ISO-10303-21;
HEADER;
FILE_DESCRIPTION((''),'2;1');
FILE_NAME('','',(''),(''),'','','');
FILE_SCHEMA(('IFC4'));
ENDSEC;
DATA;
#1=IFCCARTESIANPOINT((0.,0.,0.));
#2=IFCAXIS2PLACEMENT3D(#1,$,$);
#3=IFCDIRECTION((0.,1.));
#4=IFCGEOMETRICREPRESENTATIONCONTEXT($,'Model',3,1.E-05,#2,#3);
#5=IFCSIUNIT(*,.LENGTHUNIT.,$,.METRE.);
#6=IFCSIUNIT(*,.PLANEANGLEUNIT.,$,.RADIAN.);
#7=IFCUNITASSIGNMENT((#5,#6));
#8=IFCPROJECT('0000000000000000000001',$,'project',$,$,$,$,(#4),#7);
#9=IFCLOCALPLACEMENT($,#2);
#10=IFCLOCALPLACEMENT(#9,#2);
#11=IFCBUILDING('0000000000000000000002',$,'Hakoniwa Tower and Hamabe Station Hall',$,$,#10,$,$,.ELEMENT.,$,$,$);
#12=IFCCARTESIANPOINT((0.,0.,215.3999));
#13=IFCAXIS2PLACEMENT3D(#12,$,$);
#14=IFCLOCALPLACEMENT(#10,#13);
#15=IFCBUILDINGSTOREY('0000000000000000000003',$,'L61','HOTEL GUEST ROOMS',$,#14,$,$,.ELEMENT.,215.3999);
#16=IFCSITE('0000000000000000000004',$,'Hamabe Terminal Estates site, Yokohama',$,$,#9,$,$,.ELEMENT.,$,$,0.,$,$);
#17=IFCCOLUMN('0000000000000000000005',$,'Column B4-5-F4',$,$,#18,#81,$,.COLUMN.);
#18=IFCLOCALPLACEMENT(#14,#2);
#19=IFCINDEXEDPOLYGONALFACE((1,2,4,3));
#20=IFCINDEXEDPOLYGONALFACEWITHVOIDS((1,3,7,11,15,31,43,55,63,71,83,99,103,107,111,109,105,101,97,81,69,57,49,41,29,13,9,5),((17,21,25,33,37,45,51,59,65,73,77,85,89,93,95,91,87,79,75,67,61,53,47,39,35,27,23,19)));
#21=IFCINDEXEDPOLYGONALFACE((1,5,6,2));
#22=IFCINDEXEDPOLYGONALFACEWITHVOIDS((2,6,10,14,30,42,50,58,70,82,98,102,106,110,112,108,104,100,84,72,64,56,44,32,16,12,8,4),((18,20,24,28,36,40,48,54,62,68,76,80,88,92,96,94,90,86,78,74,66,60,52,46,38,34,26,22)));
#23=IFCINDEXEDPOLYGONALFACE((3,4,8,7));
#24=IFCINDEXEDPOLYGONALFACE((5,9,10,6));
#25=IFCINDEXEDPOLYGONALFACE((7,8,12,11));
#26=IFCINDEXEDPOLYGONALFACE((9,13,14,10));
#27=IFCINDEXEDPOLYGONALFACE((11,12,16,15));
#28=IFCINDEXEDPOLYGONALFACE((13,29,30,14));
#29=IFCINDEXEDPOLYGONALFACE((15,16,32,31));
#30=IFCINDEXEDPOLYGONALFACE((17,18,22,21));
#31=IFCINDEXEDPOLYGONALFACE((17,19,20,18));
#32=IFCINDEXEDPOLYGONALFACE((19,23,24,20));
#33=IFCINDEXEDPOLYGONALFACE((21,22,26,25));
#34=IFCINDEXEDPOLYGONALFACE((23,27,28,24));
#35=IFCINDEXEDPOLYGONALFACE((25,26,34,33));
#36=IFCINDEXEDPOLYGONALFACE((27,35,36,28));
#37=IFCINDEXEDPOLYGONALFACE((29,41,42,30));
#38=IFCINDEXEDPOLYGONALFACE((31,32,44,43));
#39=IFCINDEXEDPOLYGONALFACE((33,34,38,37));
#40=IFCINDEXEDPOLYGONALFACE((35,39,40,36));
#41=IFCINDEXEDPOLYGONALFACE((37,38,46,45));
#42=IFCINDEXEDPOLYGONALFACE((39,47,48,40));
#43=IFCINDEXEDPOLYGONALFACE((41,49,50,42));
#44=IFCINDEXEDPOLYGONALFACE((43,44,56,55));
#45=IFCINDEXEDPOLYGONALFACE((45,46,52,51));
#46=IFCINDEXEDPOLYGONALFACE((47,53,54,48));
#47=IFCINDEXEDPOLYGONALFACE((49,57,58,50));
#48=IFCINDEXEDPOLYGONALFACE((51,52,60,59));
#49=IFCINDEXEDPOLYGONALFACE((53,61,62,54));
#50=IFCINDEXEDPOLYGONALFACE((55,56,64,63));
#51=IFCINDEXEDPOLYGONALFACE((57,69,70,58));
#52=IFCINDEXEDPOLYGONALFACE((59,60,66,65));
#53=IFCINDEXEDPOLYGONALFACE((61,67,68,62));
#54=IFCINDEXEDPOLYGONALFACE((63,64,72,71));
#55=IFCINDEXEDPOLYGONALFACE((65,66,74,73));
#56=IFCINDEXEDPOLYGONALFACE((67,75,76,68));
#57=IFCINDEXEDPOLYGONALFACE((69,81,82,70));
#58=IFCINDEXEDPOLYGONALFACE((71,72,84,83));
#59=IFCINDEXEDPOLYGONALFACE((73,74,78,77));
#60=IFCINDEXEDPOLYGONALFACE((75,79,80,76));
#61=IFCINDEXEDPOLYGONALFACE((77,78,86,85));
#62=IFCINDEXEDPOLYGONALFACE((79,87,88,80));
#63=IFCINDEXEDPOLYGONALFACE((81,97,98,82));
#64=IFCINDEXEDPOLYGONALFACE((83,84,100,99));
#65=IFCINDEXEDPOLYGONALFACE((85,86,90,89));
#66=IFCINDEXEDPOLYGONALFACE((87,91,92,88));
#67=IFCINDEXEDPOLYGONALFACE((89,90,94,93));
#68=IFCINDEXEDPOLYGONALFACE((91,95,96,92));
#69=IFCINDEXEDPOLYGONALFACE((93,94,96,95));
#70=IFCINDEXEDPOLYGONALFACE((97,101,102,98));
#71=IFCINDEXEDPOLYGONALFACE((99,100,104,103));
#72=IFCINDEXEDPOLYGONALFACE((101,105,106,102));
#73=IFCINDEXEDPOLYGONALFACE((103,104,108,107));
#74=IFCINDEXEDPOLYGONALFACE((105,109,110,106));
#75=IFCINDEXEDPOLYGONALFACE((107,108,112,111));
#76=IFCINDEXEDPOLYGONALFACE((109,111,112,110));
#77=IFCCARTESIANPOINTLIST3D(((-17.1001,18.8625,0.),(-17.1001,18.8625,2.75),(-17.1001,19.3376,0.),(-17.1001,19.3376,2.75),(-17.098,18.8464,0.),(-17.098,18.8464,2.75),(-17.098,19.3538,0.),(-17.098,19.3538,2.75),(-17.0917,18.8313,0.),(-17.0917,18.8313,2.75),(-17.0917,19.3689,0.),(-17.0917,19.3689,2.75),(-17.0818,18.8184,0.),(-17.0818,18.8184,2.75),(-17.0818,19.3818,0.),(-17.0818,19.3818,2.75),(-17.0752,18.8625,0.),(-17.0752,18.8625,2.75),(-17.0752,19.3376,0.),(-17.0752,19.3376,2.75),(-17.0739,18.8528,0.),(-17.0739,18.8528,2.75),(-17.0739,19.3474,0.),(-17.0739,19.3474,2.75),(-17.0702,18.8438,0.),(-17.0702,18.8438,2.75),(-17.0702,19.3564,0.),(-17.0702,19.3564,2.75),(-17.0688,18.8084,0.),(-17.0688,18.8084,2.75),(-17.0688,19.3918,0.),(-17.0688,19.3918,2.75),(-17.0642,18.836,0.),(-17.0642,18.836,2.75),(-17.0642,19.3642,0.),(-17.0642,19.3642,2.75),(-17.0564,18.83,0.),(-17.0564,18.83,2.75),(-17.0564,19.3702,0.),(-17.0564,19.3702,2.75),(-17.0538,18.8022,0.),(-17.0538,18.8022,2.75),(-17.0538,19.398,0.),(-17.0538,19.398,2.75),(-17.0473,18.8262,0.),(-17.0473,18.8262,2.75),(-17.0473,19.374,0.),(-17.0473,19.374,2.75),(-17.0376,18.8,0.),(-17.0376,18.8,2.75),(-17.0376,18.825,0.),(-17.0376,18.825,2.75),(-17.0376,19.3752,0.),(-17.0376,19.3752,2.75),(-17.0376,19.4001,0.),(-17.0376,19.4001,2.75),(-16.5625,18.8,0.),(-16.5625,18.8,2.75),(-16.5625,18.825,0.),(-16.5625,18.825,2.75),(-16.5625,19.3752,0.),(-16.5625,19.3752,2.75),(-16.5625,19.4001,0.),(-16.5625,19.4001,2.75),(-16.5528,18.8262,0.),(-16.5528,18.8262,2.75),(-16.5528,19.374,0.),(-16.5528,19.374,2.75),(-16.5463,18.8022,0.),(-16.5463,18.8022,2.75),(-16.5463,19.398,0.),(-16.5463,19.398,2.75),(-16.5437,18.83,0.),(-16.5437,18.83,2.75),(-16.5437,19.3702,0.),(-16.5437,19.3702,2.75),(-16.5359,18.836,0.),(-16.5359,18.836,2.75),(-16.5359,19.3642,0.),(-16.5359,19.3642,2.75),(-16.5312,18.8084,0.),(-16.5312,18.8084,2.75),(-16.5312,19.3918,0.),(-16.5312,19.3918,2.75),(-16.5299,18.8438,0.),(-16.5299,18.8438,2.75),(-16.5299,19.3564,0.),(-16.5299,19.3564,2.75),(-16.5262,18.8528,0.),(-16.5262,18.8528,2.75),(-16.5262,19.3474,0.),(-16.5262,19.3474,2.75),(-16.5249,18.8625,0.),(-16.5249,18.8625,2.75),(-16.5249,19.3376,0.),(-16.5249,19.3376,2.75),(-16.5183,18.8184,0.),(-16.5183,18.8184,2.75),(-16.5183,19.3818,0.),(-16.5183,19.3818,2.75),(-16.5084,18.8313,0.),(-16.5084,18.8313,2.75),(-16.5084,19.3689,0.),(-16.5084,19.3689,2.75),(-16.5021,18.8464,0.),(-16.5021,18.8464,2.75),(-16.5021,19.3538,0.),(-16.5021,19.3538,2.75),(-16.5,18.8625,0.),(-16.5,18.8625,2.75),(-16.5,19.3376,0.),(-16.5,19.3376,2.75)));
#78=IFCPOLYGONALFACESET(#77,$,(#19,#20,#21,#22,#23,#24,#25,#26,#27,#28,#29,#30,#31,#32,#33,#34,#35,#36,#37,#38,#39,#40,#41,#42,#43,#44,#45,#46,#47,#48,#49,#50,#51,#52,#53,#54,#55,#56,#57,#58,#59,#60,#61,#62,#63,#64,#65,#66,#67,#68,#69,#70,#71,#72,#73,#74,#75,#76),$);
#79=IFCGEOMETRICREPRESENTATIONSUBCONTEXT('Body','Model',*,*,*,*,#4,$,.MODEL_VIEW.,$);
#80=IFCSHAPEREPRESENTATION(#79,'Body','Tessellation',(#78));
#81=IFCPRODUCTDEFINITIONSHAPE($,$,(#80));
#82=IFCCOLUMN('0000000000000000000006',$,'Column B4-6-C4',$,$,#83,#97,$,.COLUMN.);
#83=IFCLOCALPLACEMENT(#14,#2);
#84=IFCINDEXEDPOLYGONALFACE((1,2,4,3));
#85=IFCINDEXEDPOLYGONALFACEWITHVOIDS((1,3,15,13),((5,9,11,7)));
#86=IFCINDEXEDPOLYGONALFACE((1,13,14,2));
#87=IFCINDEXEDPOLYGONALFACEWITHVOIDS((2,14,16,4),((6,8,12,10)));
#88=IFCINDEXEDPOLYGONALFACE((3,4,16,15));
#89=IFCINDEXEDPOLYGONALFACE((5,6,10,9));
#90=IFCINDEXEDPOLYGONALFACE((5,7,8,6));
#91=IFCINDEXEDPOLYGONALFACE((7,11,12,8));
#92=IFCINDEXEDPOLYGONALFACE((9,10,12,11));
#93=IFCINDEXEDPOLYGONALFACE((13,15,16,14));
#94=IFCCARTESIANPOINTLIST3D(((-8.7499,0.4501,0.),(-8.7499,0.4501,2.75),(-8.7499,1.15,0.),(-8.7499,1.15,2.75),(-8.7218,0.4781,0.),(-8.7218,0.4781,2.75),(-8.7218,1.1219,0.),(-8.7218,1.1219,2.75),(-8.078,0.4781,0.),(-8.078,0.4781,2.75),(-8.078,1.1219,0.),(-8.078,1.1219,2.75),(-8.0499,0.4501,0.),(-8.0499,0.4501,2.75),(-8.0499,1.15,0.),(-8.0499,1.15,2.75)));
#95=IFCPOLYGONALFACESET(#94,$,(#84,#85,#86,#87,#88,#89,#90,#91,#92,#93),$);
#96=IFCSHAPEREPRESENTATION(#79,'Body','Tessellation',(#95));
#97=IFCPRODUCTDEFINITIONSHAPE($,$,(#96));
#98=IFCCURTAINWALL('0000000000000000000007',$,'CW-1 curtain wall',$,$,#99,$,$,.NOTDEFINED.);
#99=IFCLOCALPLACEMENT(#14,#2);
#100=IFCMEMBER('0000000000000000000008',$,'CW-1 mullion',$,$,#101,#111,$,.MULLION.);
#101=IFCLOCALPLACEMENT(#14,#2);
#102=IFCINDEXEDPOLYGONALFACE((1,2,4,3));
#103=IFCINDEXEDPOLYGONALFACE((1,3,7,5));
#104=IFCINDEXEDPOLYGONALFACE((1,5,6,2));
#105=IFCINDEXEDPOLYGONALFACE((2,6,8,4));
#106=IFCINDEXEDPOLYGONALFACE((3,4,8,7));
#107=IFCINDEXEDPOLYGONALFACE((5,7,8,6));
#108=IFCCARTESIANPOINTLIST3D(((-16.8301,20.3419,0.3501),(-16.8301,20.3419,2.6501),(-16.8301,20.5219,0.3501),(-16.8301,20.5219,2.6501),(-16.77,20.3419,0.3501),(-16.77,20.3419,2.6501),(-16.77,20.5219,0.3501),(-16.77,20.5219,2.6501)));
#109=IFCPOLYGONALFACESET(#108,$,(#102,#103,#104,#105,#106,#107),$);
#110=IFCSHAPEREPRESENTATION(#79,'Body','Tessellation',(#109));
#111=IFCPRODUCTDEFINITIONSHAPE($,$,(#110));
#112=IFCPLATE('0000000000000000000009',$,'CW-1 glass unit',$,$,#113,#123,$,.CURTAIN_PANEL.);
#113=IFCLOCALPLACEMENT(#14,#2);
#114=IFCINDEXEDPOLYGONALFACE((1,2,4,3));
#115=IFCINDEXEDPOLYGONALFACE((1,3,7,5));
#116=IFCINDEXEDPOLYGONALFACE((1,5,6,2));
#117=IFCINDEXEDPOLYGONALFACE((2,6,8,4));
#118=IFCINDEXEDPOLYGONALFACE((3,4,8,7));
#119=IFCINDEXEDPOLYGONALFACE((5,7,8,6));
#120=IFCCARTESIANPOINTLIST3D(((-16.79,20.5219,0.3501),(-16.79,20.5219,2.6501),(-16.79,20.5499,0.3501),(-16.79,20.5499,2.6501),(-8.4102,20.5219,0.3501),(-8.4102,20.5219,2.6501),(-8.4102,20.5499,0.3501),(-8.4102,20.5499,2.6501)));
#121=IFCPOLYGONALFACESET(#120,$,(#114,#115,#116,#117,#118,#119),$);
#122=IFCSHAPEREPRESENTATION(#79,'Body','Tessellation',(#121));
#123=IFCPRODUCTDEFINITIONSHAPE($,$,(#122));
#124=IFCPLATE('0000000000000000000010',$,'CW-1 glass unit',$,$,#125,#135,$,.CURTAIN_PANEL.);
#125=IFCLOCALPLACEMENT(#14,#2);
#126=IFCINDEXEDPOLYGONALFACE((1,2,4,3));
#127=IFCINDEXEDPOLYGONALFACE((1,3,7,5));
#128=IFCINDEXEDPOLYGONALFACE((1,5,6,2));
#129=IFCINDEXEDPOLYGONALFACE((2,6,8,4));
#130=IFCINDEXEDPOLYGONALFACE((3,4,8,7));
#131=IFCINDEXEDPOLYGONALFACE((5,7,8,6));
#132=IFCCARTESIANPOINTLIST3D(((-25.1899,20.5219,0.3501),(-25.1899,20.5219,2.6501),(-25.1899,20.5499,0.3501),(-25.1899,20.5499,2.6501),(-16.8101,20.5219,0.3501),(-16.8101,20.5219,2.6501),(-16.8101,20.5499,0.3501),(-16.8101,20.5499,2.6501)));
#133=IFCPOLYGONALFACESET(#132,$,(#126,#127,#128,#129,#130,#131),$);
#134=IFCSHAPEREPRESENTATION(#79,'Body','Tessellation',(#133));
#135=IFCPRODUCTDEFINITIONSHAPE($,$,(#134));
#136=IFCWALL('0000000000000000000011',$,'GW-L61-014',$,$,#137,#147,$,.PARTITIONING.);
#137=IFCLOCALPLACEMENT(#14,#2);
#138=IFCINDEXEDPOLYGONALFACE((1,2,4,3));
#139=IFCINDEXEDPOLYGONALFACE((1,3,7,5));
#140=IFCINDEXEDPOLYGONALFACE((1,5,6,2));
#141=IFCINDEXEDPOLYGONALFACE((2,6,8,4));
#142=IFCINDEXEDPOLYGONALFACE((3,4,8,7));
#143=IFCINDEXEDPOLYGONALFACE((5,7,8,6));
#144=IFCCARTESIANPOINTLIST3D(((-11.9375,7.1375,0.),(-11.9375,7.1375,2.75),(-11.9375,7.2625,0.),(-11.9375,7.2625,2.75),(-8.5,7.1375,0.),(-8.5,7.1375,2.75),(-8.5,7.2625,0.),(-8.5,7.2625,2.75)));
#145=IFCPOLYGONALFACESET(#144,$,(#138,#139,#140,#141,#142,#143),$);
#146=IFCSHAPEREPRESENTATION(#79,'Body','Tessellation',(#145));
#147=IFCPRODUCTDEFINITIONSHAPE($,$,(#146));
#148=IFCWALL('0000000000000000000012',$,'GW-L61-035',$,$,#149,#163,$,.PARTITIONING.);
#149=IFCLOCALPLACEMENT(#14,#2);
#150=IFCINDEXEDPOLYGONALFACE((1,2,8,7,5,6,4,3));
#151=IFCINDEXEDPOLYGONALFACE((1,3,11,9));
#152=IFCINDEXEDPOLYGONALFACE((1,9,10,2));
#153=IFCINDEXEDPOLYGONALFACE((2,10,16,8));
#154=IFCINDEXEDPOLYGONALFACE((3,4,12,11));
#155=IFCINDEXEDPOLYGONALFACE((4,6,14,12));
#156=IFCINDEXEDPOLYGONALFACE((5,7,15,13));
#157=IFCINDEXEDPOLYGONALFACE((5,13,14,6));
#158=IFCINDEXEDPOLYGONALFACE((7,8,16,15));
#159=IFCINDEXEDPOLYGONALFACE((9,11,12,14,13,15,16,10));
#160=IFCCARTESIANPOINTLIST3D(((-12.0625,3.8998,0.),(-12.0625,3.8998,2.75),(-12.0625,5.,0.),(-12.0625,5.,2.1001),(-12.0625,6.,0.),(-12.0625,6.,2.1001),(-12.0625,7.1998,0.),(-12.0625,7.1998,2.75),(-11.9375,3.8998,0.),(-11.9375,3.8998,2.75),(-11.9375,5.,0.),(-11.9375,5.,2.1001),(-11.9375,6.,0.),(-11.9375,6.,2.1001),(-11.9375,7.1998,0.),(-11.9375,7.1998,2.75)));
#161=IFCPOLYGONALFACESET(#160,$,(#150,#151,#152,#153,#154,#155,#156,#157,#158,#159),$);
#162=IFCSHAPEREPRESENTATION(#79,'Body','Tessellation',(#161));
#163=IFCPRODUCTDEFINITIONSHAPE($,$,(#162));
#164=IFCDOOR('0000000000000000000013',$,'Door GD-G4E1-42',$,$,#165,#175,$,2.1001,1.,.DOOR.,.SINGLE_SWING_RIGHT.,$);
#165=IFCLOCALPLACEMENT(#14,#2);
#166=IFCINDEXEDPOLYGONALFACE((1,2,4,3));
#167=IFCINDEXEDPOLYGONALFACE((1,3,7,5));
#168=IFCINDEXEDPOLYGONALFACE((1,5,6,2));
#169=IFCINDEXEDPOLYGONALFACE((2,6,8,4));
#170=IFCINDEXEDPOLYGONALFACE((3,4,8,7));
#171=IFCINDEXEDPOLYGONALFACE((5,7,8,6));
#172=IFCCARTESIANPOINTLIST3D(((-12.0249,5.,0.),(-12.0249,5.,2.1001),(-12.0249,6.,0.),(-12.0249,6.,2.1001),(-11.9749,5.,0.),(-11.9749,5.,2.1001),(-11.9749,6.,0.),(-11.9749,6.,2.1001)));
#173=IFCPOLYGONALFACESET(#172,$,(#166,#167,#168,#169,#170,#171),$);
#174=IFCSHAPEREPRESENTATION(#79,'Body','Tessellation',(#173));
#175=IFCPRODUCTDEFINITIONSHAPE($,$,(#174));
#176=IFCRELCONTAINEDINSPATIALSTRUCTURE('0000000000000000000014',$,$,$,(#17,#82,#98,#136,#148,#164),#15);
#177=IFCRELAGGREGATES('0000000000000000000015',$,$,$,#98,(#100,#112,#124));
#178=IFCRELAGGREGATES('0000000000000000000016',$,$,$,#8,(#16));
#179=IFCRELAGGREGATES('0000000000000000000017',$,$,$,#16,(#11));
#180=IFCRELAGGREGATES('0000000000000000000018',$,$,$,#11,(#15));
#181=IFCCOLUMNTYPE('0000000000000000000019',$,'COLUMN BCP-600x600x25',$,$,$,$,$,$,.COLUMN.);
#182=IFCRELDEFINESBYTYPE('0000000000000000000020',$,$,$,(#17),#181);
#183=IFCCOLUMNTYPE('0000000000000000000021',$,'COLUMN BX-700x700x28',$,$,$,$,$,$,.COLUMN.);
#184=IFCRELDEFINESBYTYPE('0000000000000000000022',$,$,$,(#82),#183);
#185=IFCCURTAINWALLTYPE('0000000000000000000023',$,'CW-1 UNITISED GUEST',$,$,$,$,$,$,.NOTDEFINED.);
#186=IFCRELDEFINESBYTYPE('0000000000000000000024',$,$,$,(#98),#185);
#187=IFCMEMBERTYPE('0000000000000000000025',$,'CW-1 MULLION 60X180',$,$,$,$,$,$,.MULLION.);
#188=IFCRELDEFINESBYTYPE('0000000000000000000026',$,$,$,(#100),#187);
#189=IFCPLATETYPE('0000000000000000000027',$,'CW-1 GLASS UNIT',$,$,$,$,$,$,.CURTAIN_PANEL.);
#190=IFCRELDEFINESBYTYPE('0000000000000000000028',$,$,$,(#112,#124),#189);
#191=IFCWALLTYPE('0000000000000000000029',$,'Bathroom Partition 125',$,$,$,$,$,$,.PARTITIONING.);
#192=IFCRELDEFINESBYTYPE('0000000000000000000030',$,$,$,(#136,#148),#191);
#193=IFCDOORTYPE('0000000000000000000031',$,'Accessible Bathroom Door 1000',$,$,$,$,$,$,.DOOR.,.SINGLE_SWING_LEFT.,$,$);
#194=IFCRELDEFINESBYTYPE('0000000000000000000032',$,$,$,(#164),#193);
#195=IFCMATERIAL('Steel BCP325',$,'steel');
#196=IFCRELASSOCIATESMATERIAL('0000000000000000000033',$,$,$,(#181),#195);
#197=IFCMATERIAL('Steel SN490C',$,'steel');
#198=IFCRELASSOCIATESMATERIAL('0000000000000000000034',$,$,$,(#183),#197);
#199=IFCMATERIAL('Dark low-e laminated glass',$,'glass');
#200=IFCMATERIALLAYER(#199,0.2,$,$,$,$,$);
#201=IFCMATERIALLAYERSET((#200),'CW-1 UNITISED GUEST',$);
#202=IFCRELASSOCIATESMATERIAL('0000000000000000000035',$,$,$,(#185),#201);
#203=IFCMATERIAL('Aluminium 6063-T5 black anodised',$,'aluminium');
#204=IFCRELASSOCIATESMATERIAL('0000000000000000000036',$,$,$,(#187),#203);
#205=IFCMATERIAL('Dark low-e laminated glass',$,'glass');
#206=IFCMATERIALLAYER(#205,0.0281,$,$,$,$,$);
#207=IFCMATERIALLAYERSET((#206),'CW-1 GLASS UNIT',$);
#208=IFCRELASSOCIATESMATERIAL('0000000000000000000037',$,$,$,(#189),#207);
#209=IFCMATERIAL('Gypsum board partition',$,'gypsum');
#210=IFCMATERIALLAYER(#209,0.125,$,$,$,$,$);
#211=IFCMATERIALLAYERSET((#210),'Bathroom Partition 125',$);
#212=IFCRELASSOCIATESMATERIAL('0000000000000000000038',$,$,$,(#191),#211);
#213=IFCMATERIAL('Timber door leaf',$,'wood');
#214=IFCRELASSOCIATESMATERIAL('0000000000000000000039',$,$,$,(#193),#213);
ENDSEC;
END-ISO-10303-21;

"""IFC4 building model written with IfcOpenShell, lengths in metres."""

from ifc_helpers import new_model, si_unit, direction, frame, frame_2d, origin, origin_2d, place, context, subcontext, project, spatial, rectangle, hollow_rectangle, extrude, material, layer, layer_set, material_profile, profile_set, type_object, element, fill, aggregate, save


model = new_model("IFC4")

# Units and contexts
model_context = context("Model", 3, precision=1e-05, world=origin(), true_north=direction((0.0, 1.0)))
body_context = subcontext(model_context, "Body", "Model", "MODEL_VIEW")
ifc_project = project(units=[si_unit("LENGTHUNIT", "METRE"), si_unit("PLANEANGLEUNIT", "RADIAN")], contexts=[model_context])

# Site, building, storey
site_placement = place(None, origin())
site = spatial("IfcSite", under=ifc_project, at=site_placement, Name="Hamabe Terminal Estates site, Yokohama", CompositionType="ELEMENT", RefElevation=0.0)
building_placement = place(site_placement, origin())
building = spatial("IfcBuilding", under=site, at=building_placement, Name="Hakoniwa Tower and Hamabe Station Hall", CompositionType="ELEMENT")
storey_placement = place(building_placement, frame((0.0, 0.0, 215.3999)))
storey = spatial("IfcBuildingStorey", under=building, at=storey_placement, Name="L61", Description="HOTEL GUEST ROOMS", CompositionType="ELEMENT", Elevation=215.3999)

# Columns
ifc_material_1 = material(Name="Steel BCP325", Category="steel")
ifc_material_profile_1 = material_profile(ifc_material_1, hollow_rectangle(XDim=0.6001, YDim=0.6001, WallThickness=0.0249, InnerFilletRadius=0.0376, OuterFilletRadius=0.0625, at=origin_2d()), Name="BCP-600x600x25")
ifc_profile_set_1 = profile_set([ifc_material_profile_1], Name="Steel BCP325")
column_type_1 = type_object("IfcColumnType", Name="COLUMN BCP-600x600x25", PredefinedType="COLUMN", material=ifc_profile_set_1)
column_1_placement = place(storey_placement, frame((-16.8, 19.1001, 0.0), z_axis=(0.0, 0.0, 1.0), x_axis=(1.0, 0.0, 0.0)))
element("IfcColumn", 1, at=column_1_placement, inside=storey, type_object=column_type_1, Name="Column B4-5-F4", PredefinedType="COLUMN", context=body_context, shape_type="SweptSolid", body=[
    extrude(hollow_rectangle(XDim=0.6001, YDim=0.6001, WallThickness=0.0249, InnerFilletRadius=0.0376, OuterFilletRadius=0.0625, at=origin_2d()), origin(), (0.0, 0.0, 1.0), 2.75),
])
ifc_material_2 = material(Name="Steel SN490C", Category="steel")
ifc_material_profile_2 = material_profile(ifc_material_2, hollow_rectangle(XDim=0.7, YDim=0.7, WallThickness=0.0281, at=origin_2d()), Name="BX-700x700x28")
ifc_profile_set_2 = profile_set([ifc_material_profile_2], Name="Steel SN490C")
column_type_2 = type_object("IfcColumnType", Name="COLUMN BX-700x700x28", PredefinedType="COLUMN", material=ifc_profile_set_2)
column_2_placement = place(storey_placement, frame((-8.3999, 0.8, 0.0), z_axis=(0.0, 0.0, 1.0), x_axis=(1.0, 0.0, 0.0)))
element("IfcColumn", 2, at=column_2_placement, inside=storey, type_object=column_type_2, Name="Column B4-6-C4", PredefinedType="COLUMN", context=body_context, shape_type="SweptSolid", body=[
    extrude(hollow_rectangle(XDim=0.7, YDim=0.7, WallThickness=0.0281, at=origin_2d()), origin(), (0.0, 0.0, 1.0), 2.75),
])

# Curtain wall, member, plates
ifc_material_3 = material(Name="Dark low-e laminated glass", Category="glass")
ifc_layer_1 = layer(ifc_material_3, 0.2)
ifc_layer_set_1 = layer_set([ifc_layer_1], Name="CW-1 UNITISED GUEST")
curtain_wall_type = type_object("IfcCurtainWallType", Name="CW-1 UNITISED GUEST", PredefinedType="NOTDEFINED", material=ifc_layer_set_1)
curtain_wall_placement = place(storey_placement, origin())
curtain_wall = element("IfcCurtainWall", 3, at=curtain_wall_placement, inside=storey, type_object=curtain_wall_type, Name="CW-1 curtain wall", PredefinedType="NOTDEFINED")
ifc_material_4 = material(Name="Aluminium 6063-T5 black anodised", Category="aluminium")
ifc_material_profile_3 = material_profile(ifc_material_4, rectangle(XDim=0.0601, YDim=0.1799, at=origin_2d()), Name="CW-1 MULLION 60X180")
ifc_profile_set_3 = profile_set([ifc_material_profile_3], Name="Aluminium 6063-T5 black anodised")
member_type = type_object("IfcMemberType", Name="CW-1 MULLION 60X180", PredefinedType="MULLION", material=ifc_profile_set_3)
member_placement = place(storey_placement, frame((-16.8, 20.4319, 0.3501), z_axis=(0.0, 0.0, 1.0), x_axis=(-1.0, 0.0, 0.0)))
member = element("IfcMember", 4, at=member_placement, type_object=member_type, Name="CW-1 mullion", PredefinedType="MULLION", context=body_context, shape_type="SweptSolid", body=[
    extrude(rectangle(XDim=0.0601, YDim=0.1799, at=origin_2d()), origin(), (0.0, 0.0, 1.0), 2.3),
])
ifc_material_5 = material(Name="Dark low-e laminated glass", Category="glass")
ifc_layer_2 = layer(ifc_material_5, 0.0281)
ifc_layer_set_2 = layer_set([ifc_layer_2], Name="CW-1 GLASS UNIT")
plate_type = type_object("IfcPlateType", Name="CW-1 GLASS UNIT", PredefinedType="CURTAIN_PANEL", material=ifc_layer_set_2)
plate_1_placement = place(storey_placement, frame((-12.6001, 20.5359, 0.3501), z_axis=(0.0, 0.0, 1.0), x_axis=(-1.0, 0.0, 0.0)))
plate_1 = element("IfcPlate", 5, at=plate_1_placement, type_object=plate_type, Name="CW-1 glass unit", PredefinedType="CURTAIN_PANEL", context=body_context, shape_type="SweptSolid", body=[
    extrude(rectangle(XDim=8.3799, YDim=0.0281, at=origin_2d()), origin(), (0.0, 0.0, 1.0), 2.3),
])
plate_2_placement = place(storey_placement, frame((-21.0, 20.5359, 0.3501), z_axis=(0.0, 0.0, 1.0), x_axis=(-1.0, 0.0, 0.0)))
plate_2 = element("IfcPlate", 6, at=plate_2_placement, type_object=plate_type, Name="CW-1 glass unit", PredefinedType="CURTAIN_PANEL", context=body_context, shape_type="SweptSolid", body=[
    extrude(rectangle(XDim=8.3799, YDim=0.0281, at=origin_2d()), origin(), (0.0, 0.0, 1.0), 2.3),
])
aggregate(curtain_wall, [member, plate_1, plate_2])

# Wall
ifc_material_6 = material(Name="Gypsum board partition", Category="gypsum")
ifc_layer_3 = layer(ifc_material_6, 0.125)
ifc_layer_set_3 = layer_set([ifc_layer_3], Name="Bathroom Partition 125")
wall_type_1 = type_object("IfcWallType", Name="Bathroom Partition 125", PredefinedType="PARTITIONING", material=ifc_layer_set_3)
wall_1_placement = place(storey_placement, frame((-11.9375, 7.2, 0.0), z_axis=(0.0, 0.0, 1.0), x_axis=(1.0, 0.0, 0.0)))
element("IfcWall", 7, at=wall_1_placement, inside=storey, type_object=wall_type_1, Name="GW-L61-014", PredefinedType="PARTITIONING", context=body_context, shape_type="SweptSolid", body=[
    extrude(rectangle(XDim=3.4375, YDim=0.125, at=frame_2d((1.7188, 0.0))), origin(), (0.0, 0.0, 1.0), 2.75),
])

# Wall, opening, door
wall_2_placement = place(storey_placement, frame((-12.0, 3.8999, 0.0), z_axis=(0.0, 0.0, 1.0), x_axis=(0.0, 1.0, 0.0)))
wall_2 = element("IfcWall", 8, at=wall_2_placement, inside=storey, type_object=wall_type_1, Name="GW-L61-035", PredefinedType="PARTITIONING", context=body_context, shape_type="SweptSolid", body=[
    extrude(rectangle(XDim=3.3, YDim=0.125, at=frame_2d((1.6499, 0.0))), origin(), (0.0, 0.0, 1.0), 2.75),
])
opening_1_placement = place(wall_2_placement, frame((1.1001, 0.0, 0.0)))
opening_1 = element("IfcOpeningElement", 9, at=opening_1_placement, cuts=wall_2, PredefinedType="OPENING", context=body_context, shape_type="SweptSolid", body=[
    extrude(rectangle(XDim=1.0, YDim=2.1001, at=frame_2d((0.5, 1.05))), frame((0.0, 0.0725, 0.0), z_axis=(0.0, -1.0, 0.0), x_axis=(1.0, 0.0, 0.0)), (0.0, 0.0, 1.0), 0.145),
])
ifc_material_7 = material(Name="Timber door leaf", Category="wood")
door_type_1 = type_object("IfcDoorType", Name="Accessible Bathroom Door 1000", OperationType="SINGLE_SWING_LEFT", PredefinedType="DOOR", material=ifc_material_7)
door_1_placement = place(opening_1_placement, origin())
door_1 = element("IfcDoor", 10, at=door_1_placement, inside=storey, type_object=door_type_1, Name="Door GD-G4E1-42", OperationType="SINGLE_SWING_RIGHT", OverallHeight=2.1001, OverallWidth=1.0, PredefinedType="DOOR", context=body_context, shape_type="SweptSolid", body=[
    extrude(rectangle(XDim=1.0, YDim=2.1001, at=frame_2d((0.5, 1.05))), frame((0.0, 0.0249, 0.0), z_axis=(0.0, -1.0, 0.0), x_axis=(1.0, 0.0, 0.0)), (0.0, 0.0, 1.0), 0.05),
])
fill(opening_1, door_1)

save(model, "model.ifc")
